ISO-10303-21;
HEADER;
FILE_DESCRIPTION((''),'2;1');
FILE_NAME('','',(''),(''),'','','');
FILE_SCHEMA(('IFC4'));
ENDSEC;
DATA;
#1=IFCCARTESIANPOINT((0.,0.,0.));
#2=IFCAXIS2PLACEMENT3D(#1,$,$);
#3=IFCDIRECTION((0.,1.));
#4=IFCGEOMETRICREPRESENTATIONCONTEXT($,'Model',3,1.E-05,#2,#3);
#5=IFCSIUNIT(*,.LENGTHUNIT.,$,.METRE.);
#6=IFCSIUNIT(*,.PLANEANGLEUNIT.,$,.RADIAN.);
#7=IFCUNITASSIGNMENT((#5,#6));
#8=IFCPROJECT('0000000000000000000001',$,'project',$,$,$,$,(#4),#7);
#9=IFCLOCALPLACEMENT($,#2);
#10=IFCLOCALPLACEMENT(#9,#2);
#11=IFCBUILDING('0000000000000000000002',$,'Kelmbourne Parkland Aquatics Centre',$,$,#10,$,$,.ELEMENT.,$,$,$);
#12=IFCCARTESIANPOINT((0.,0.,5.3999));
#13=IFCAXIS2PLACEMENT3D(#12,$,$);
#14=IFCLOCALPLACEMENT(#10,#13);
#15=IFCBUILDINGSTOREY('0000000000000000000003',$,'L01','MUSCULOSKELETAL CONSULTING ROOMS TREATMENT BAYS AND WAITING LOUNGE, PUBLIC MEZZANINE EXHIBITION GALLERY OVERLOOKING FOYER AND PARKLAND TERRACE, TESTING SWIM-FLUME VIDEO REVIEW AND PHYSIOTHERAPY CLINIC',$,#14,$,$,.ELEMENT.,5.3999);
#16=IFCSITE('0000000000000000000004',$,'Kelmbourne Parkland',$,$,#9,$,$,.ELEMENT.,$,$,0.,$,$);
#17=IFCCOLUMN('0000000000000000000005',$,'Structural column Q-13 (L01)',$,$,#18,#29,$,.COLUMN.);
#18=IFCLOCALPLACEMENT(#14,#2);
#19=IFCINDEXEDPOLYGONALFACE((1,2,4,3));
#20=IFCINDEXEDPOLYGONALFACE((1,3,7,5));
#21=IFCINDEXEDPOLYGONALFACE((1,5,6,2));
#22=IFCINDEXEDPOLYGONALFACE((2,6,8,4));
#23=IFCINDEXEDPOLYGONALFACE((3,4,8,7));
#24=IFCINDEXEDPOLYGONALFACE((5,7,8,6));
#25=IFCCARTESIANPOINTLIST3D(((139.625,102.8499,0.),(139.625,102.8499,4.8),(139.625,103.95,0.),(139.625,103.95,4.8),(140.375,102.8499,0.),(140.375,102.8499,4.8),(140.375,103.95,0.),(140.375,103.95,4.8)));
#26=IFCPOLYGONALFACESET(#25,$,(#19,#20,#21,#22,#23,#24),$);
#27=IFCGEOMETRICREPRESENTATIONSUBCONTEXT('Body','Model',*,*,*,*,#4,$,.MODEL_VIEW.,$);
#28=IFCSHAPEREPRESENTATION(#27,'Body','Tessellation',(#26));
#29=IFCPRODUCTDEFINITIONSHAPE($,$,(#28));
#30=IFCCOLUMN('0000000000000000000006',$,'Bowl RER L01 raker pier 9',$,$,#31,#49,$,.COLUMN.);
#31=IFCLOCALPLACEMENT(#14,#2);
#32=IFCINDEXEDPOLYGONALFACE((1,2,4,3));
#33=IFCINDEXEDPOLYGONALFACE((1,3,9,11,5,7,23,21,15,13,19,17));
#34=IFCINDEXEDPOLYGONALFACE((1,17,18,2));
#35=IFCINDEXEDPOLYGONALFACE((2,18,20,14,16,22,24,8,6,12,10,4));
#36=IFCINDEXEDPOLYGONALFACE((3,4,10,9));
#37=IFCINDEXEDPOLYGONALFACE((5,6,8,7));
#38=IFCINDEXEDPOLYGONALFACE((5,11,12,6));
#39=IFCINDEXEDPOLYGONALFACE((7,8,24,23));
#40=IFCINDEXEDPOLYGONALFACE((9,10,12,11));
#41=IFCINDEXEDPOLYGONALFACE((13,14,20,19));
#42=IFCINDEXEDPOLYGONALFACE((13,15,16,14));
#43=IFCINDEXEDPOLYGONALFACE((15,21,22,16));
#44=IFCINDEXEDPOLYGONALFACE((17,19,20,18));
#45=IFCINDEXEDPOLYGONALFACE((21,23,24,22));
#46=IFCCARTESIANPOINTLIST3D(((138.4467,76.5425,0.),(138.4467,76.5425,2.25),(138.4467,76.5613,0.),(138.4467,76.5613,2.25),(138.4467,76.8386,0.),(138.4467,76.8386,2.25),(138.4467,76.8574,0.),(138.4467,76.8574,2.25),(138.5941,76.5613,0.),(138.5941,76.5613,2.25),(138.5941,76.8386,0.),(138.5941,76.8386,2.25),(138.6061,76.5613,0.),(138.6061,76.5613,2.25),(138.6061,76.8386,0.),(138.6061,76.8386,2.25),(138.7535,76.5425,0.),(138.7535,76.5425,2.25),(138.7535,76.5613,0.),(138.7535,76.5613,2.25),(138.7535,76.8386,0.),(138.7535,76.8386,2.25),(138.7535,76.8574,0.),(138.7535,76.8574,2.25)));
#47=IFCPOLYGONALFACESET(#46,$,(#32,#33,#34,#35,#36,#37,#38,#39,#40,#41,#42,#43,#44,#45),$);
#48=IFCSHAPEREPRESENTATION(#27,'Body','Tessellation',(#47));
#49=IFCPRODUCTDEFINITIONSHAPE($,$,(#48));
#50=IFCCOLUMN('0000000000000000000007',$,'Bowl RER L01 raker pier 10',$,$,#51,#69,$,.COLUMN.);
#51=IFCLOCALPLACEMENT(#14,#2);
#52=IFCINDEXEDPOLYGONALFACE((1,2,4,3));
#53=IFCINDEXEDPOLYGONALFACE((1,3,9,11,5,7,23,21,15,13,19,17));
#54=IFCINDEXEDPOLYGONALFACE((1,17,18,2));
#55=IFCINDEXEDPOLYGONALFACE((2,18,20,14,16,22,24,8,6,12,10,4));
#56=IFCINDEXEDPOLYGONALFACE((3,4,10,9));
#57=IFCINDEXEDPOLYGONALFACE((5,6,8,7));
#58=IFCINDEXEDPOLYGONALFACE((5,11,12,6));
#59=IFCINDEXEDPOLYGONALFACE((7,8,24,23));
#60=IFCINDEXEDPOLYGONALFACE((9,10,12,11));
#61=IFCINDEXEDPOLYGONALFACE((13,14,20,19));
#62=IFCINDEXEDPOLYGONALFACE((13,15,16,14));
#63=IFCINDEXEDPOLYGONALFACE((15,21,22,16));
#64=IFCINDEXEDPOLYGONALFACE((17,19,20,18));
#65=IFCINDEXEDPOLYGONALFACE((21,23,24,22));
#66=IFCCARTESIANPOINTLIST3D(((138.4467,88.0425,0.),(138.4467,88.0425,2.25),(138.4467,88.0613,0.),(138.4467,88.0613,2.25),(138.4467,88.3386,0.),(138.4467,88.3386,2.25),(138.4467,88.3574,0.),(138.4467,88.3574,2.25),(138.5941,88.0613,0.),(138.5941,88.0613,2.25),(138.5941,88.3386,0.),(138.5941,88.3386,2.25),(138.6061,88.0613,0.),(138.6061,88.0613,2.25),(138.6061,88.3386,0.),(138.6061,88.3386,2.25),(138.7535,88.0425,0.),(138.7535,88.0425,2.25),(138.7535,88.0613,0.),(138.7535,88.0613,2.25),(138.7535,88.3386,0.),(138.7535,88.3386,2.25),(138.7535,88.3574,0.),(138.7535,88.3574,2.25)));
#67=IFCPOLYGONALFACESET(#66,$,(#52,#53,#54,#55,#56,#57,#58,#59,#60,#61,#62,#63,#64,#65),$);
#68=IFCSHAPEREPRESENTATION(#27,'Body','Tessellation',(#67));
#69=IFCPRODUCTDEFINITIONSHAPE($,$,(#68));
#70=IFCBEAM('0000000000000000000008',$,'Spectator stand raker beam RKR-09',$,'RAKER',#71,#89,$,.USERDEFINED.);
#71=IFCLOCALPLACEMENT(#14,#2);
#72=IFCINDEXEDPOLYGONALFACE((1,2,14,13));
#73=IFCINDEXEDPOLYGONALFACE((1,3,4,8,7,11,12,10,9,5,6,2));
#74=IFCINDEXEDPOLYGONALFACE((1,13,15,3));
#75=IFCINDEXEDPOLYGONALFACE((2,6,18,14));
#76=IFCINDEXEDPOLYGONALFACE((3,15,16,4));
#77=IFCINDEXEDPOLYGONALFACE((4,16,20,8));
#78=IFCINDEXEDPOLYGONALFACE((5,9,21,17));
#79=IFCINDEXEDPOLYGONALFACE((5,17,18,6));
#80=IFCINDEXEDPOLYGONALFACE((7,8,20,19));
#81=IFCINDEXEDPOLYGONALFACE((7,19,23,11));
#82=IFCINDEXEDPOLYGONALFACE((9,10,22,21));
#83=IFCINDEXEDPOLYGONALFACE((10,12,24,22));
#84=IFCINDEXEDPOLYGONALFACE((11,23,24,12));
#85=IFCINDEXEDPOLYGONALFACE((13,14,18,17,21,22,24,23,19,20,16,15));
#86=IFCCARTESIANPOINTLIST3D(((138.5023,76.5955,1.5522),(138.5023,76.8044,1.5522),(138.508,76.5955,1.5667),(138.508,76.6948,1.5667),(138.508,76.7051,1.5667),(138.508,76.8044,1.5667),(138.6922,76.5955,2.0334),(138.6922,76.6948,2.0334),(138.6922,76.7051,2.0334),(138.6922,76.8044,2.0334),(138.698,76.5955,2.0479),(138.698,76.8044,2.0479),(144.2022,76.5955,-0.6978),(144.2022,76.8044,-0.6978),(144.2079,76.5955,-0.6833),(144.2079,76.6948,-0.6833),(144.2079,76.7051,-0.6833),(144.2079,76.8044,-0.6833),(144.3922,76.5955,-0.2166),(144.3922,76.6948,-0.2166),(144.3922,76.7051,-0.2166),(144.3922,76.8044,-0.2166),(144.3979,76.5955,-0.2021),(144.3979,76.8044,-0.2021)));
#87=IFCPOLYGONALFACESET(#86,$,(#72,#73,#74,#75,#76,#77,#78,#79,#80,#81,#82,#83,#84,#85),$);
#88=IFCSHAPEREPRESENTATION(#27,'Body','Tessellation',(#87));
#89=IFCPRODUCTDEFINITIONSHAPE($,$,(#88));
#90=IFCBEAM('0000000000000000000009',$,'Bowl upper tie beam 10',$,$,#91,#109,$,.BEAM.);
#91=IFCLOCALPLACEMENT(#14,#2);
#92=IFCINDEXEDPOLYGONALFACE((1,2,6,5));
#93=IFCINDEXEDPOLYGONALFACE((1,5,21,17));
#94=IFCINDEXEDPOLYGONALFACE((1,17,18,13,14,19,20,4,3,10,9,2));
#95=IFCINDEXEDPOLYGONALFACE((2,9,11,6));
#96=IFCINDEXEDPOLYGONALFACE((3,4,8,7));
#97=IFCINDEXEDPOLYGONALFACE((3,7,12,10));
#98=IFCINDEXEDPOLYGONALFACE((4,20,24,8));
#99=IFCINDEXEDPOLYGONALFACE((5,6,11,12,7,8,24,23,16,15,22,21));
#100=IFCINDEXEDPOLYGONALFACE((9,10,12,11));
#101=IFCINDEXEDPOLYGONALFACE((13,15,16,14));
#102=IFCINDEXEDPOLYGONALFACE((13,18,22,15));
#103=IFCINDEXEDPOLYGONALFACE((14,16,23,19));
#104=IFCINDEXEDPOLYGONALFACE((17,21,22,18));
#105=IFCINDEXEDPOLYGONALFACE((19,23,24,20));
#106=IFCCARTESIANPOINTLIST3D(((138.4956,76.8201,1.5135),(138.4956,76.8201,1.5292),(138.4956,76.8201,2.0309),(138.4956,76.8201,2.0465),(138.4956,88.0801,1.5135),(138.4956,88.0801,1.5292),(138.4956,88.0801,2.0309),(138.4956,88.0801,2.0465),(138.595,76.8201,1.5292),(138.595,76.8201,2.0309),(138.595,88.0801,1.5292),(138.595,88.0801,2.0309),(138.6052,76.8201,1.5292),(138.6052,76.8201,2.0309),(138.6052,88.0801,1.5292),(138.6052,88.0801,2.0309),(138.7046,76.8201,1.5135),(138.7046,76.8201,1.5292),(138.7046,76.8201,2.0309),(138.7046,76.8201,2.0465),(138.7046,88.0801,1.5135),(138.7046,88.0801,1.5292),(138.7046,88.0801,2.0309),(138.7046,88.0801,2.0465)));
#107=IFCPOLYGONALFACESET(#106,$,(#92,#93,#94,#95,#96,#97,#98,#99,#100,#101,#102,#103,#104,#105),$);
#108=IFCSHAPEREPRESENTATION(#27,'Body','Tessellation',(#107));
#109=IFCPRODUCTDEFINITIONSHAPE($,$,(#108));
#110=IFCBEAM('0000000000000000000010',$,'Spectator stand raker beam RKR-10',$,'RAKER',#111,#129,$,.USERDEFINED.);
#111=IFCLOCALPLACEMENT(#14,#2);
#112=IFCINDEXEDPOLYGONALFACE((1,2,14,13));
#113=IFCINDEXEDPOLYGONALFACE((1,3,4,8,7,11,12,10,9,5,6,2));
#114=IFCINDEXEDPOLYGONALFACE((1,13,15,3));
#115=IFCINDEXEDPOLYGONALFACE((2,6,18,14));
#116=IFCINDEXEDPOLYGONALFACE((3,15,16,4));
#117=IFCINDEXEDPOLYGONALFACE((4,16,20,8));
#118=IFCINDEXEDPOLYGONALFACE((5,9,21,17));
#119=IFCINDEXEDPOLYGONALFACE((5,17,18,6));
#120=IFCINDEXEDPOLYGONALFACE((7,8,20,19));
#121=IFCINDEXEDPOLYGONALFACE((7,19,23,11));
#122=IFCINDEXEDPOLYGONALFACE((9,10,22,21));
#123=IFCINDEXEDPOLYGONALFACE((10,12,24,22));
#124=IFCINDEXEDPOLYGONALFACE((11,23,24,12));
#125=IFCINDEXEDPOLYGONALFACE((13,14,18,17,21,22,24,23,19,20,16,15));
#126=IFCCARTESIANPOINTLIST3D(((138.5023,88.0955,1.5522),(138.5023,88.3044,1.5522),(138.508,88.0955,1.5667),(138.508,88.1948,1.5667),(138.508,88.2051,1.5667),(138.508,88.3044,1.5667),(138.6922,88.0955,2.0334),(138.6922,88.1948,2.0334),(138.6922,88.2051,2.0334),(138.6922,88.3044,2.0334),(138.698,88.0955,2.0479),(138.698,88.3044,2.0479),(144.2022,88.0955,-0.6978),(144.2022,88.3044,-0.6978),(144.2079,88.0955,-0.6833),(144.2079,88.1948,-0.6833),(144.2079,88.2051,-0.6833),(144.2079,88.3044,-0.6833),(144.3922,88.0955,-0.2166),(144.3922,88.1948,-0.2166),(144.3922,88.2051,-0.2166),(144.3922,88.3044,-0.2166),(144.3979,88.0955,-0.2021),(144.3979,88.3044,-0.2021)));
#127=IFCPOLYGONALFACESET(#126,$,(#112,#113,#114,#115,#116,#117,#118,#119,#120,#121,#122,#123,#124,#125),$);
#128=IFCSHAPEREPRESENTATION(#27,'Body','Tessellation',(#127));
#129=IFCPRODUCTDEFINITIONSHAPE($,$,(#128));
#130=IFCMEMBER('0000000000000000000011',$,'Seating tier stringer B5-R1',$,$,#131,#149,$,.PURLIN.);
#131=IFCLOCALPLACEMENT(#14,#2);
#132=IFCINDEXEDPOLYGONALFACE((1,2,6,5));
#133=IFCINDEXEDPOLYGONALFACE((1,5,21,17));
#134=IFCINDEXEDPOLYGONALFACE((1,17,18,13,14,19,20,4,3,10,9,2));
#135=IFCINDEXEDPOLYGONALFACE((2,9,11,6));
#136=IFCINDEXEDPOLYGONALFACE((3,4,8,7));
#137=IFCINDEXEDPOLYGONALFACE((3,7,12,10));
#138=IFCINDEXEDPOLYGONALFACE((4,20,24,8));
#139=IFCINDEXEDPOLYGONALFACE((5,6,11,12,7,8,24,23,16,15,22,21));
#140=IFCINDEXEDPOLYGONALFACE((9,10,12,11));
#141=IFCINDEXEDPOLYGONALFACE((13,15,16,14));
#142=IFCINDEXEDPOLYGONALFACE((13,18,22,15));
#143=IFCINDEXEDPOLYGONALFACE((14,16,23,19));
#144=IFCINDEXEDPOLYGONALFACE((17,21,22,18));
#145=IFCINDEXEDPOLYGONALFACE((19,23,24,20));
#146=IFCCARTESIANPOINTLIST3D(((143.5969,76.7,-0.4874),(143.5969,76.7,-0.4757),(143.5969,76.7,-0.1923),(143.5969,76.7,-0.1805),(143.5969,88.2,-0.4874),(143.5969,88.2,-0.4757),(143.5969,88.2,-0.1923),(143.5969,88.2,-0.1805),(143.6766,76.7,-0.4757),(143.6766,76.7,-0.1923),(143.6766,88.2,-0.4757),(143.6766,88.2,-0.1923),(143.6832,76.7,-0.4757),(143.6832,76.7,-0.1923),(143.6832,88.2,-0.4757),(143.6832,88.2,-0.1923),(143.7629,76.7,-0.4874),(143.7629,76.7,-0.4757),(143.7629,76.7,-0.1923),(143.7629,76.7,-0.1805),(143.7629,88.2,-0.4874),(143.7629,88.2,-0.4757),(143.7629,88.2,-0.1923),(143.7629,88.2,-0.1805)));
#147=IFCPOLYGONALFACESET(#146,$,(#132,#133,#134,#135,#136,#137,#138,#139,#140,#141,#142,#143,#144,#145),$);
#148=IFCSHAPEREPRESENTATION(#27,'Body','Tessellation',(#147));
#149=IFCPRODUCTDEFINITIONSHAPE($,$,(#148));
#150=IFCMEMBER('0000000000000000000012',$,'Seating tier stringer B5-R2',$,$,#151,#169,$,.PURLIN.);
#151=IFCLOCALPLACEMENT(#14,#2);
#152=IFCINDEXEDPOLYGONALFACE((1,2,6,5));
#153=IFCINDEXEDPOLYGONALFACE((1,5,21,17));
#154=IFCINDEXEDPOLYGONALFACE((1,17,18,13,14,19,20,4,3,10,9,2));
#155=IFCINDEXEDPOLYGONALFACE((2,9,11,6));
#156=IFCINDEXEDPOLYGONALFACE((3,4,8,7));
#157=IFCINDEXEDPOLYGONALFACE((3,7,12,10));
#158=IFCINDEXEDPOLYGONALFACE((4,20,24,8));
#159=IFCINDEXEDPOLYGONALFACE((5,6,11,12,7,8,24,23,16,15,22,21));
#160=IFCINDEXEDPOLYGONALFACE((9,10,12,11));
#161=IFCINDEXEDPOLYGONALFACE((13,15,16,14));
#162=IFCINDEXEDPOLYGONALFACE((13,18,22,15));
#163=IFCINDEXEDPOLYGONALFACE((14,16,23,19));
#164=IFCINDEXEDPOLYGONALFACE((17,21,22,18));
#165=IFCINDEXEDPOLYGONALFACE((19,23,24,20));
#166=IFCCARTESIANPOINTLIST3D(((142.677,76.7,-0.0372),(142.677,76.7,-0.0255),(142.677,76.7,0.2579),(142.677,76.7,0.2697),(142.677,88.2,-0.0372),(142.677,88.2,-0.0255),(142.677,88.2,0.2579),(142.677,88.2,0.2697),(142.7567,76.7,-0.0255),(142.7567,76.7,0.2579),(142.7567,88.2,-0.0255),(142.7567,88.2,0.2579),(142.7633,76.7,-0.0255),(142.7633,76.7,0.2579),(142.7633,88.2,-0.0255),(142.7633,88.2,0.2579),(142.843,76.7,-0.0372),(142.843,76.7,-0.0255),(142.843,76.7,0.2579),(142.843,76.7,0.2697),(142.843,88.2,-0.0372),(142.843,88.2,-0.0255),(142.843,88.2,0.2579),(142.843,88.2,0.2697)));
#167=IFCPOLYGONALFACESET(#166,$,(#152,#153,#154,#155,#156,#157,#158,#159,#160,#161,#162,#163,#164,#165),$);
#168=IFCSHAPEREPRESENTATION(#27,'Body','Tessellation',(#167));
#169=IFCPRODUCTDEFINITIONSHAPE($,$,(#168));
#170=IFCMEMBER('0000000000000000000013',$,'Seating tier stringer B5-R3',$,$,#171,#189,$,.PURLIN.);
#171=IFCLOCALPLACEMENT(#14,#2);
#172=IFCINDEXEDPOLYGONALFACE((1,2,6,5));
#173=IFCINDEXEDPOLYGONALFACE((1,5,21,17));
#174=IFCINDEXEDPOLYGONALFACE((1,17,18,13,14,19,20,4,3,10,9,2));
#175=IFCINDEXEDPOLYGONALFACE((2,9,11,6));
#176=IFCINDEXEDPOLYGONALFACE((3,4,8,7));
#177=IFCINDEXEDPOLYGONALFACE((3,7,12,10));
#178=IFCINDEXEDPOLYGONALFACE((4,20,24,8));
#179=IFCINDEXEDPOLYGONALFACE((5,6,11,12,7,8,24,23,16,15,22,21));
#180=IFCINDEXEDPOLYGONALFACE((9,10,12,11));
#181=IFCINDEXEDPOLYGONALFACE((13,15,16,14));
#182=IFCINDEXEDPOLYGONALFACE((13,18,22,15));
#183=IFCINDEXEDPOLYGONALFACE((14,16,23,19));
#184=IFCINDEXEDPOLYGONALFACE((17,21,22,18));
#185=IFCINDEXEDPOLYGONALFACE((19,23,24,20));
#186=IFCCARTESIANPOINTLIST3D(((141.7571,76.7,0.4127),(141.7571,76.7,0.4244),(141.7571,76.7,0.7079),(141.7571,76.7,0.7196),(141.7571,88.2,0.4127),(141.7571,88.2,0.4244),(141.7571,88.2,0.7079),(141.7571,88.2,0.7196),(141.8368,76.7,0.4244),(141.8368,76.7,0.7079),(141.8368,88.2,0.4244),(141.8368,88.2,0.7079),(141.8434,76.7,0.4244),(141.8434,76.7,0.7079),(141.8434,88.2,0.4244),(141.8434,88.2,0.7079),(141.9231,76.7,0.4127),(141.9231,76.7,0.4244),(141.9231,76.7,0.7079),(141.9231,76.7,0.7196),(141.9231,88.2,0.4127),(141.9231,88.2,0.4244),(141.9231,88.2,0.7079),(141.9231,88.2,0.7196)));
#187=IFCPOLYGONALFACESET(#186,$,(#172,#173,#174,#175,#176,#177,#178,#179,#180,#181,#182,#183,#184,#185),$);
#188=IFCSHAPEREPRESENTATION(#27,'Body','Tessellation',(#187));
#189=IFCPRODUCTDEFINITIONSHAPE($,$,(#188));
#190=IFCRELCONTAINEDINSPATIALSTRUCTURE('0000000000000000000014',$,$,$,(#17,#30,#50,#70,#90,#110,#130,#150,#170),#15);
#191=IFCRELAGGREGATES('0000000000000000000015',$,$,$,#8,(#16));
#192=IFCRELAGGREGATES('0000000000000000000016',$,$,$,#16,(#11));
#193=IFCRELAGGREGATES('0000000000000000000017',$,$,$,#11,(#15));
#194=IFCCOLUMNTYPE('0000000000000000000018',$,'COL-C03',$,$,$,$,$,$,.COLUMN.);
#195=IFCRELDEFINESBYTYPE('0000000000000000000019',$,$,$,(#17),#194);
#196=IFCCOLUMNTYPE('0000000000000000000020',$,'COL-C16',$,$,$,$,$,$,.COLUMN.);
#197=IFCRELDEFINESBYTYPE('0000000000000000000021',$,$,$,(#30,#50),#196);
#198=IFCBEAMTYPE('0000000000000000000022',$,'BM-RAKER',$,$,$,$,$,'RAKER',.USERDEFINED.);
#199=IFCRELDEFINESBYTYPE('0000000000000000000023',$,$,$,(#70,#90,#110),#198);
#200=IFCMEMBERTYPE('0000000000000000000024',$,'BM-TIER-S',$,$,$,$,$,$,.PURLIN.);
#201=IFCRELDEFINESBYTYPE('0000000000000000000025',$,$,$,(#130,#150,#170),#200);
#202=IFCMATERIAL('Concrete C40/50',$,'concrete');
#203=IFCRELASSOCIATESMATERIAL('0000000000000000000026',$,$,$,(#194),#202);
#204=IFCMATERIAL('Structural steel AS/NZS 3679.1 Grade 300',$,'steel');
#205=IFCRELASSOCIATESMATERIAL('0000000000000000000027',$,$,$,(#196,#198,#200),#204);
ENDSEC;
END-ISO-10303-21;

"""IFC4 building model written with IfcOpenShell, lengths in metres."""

from ifc_helpers import new_model, si_unit, direction, frame, origin, origin_2d, place, context, subcontext, project, spatial, rectangle, i_section, extrude, material, material_profile, profile_set, type_object, element, save


model = new_model("IFC4")

# Units and contexts
model_context = context("Model", 3, precision=1e-05, world=origin(), true_north=direction((0.0, 1.0)))
body_context = subcontext(model_context, "Body", "Model", "MODEL_VIEW")
ifc_project = project(units=[si_unit("LENGTHUNIT", "METRE"), si_unit("PLANEANGLEUNIT", "RADIAN")], contexts=[model_context])

# Site, building, storey
site_placement = place(None, origin())
site = spatial("IfcSite", under=ifc_project, at=site_placement, Name="Kelmbourne Parkland", CompositionType="ELEMENT", RefElevation=0.0)
building_placement = place(site_placement, origin())
building = spatial("IfcBuilding", under=site, at=building_placement, Name="Kelmbourne Parkland Aquatics Centre", CompositionType="ELEMENT")
storey_placement = place(building_placement, frame((0.0, 0.0, 5.3999)))
storey = spatial("IfcBuildingStorey", under=building, at=storey_placement, Name="L01", Description="MUSCULOSKELETAL CONSULTING ROOMS TREATMENT BAYS AND WAITING LOUNGE, PUBLIC MEZZANINE EXHIBITION GALLERY OVERLOOKING FOYER AND PARKLAND TERRACE, TESTING SWIM-FLUME VIDEO REVIEW AND PHYSIOTHERAPY CLINIC", CompositionType="ELEMENT", Elevation=5.3999)

# Columns
ifc_material_1 = material(Name="Concrete C40/50", Category="concrete")
ifc_material_profile_1 = material_profile(ifc_material_1, rectangle(XDim=0.75, YDim=1.1001, at=origin_2d()), Name="RC 750x1100")
ifc_profile_set_1 = profile_set([ifc_material_profile_1], Name="Concrete C40/50")
column_type_1 = type_object("IfcColumnType", Name="COL-C03", PredefinedType="COLUMN", material=ifc_profile_set_1)
column_placement = place(storey_placement, frame((140.0, 103.3999, 0.0), z_axis=(0.0, 0.0, 1.0), x_axis=(1.0, 0.0, 0.0)))
element("IfcColumn", 1, at=column_placement, inside=storey, type_object=column_type_1, Name="Structural column Q-13 (L01)", PredefinedType="COLUMN", context=body_context, shape_type="SweptSolid", body=[
    extrude(rectangle(XDim=0.75, YDim=1.1001, at=origin_2d()), origin(), (0.0, 0.0, 1.0), 4.8),
])
ifc_material_2 = material(Name="Structural steel AS/NZS 3679.1 Grade 300", Category="steel")
ifc_material_profile_2 = material_profile(ifc_material_2, i_section(OverallWidth=0.3069, OverallDepth=0.3149, WebThickness=0.012, FlangeThickness=0.0188, at=origin_2d()), Name="310UC118")
ifc_profile_set_2 = profile_set([ifc_material_profile_2], Name="Structural steel AS/NZS 3679.1 Grade 300")
column_type_2 = type_object("IfcColumnType", Name="COL-C16", PredefinedType="COLUMN", material=ifc_profile_set_2)
for number, where, z_axis, x_axis, name in (
    (2, (138.6001, 76.7, 0.0), (0.0, 0.0, 1.0), (1.0, 0.0, 0.0), "Bowl RER L01 raker pier 9"),
    (3, (138.6001, 88.2, 0.0), (0.0, 0.0, 1.0), (1.0, 0.0, 0.0), "Bowl RER L01 raker pier 10"),
):
    element("IfcColumn", number, at=place(storey_placement, frame(where, z_axis=z_axis, x_axis=x_axis)), inside=storey, type_object=column_type_2, Name=name, PredefinedType="COLUMN", context=body_context, shape_type="SweptSolid", body=[
        extrude(i_section(OverallWidth=0.3069, OverallDepth=0.3149, WebThickness=0.012, FlangeThickness=0.0188, at=origin_2d()), origin(), (0.0, 0.0, 1.0), 2.25),
    ])

# Beams
ifc_material_profile_3 = material_profile(ifc_material_2, i_section(OverallWidth=0.209, OverallDepth=0.533, WebThickness=0.0103, FlangeThickness=0.0156, at=origin_2d()), Name="530UB92.4")
ifc_profile_set_3 = profile_set([ifc_material_profile_3], Name="Structural steel AS/NZS 3679.1 Grade 300")
beam_type = type_object("IfcBeamType", Name="BM-RAKER", ElementType="RAKER", PredefinedType="USERDEFINED", material=ifc_profile_set_3)
beam_1_placement = place(storey_placement, frame((144.3, 76.7, -0.45), z_axis=(-0.930154, 0.0, 0.367169), x_axis=(0.0, -1.0, 0.0)))
element("IfcBeam", 4, at=beam_1_placement, inside=storey, type_object=beam_type, Name="Spectator stand raker beam RKR-09", ObjectType="RAKER", PredefinedType="USERDEFINED", context=body_context, shape_type="SweptSolid", body=[
    extrude(i_section(OverallWidth=0.209, OverallDepth=0.533, WebThickness=0.0103, FlangeThickness=0.0156, at=origin_2d()), origin(), (0.0, 0.0, 1.0), 6.1279),
])
beam_2_placement = place(storey_placement, frame((138.6001, 76.8201, 1.78), z_axis=(0.0, 1.0, 0.0), x_axis=(-1.0, 0.0, 0.0)))
element("IfcBeam", 5, at=beam_2_placement, inside=storey, type_object=beam_type, Name="Bowl upper tie beam 10", PredefinedType="BEAM", context=body_context, shape_type="SweptSolid", body=[
    extrude(i_section(OverallWidth=0.209, OverallDepth=0.533, WebThickness=0.0103, FlangeThickness=0.0156, at=origin_2d()), origin(), (0.0, 0.0, 1.0), 11.26),
])
beam_3_placement = place(storey_placement, frame((144.3, 88.2, -0.45), z_axis=(-0.930154, 0.0, 0.367169), x_axis=(0.0, -1.0, 0.0)))
element("IfcBeam", 6, at=beam_3_placement, inside=storey, type_object=beam_type, Name="Spectator stand raker beam RKR-10", ObjectType="RAKER", PredefinedType="USERDEFINED", context=body_context, shape_type="SweptSolid", body=[
    extrude(i_section(OverallWidth=0.209, OverallDepth=0.533, WebThickness=0.0103, FlangeThickness=0.0156, at=origin_2d()), origin(), (0.0, 0.0, 1.0), 6.1279),
])

# Members
ifc_material_profile_4 = material_profile(ifc_material_2, i_section(OverallWidth=0.166, OverallDepth=0.3069, WebThickness=0.0066, FlangeThickness=0.0117, at=origin_2d()), Name="310UB46.2")
ifc_profile_set_4 = profile_set([ifc_material_profile_4], Name="Structural steel AS/NZS 3679.1 Grade 300")
member_type = type_object("IfcMemberType", Name="BM-TIER-S", PredefinedType="PURLIN", material=ifc_profile_set_4)
for number, where, z_axis, x_axis, name in (
    (7, (143.6799, 76.7, -0.334), (0.0, 1.0, 0.0), (-1.0, 0.0, 0.0), "Seating tier stringer B5-R1"),
    (8, (142.76, 76.7, 0.1162), (0.0, 1.0, 0.0), (-1.0, 0.0, 0.0), "Seating tier stringer B5-R2"),
    (9, (141.8401, 76.7, 0.5662), (0.0, 1.0, 0.0), (-1.0, 0.0, 0.0), "Seating tier stringer B5-R3"),
):
    element("IfcMember", number, at=place(storey_placement, frame(where, z_axis=z_axis, x_axis=x_axis)), inside=storey, type_object=member_type, Name=name, PredefinedType="PURLIN", context=body_context, shape_type="SweptSolid", body=[
        extrude(i_section(OverallWidth=0.166, OverallDepth=0.3069, WebThickness=0.0066, FlangeThickness=0.0117, at=origin_2d()), origin(), (0.0, 0.0, 1.0), 11.5),
    ])

save(model, "model.ifc")
